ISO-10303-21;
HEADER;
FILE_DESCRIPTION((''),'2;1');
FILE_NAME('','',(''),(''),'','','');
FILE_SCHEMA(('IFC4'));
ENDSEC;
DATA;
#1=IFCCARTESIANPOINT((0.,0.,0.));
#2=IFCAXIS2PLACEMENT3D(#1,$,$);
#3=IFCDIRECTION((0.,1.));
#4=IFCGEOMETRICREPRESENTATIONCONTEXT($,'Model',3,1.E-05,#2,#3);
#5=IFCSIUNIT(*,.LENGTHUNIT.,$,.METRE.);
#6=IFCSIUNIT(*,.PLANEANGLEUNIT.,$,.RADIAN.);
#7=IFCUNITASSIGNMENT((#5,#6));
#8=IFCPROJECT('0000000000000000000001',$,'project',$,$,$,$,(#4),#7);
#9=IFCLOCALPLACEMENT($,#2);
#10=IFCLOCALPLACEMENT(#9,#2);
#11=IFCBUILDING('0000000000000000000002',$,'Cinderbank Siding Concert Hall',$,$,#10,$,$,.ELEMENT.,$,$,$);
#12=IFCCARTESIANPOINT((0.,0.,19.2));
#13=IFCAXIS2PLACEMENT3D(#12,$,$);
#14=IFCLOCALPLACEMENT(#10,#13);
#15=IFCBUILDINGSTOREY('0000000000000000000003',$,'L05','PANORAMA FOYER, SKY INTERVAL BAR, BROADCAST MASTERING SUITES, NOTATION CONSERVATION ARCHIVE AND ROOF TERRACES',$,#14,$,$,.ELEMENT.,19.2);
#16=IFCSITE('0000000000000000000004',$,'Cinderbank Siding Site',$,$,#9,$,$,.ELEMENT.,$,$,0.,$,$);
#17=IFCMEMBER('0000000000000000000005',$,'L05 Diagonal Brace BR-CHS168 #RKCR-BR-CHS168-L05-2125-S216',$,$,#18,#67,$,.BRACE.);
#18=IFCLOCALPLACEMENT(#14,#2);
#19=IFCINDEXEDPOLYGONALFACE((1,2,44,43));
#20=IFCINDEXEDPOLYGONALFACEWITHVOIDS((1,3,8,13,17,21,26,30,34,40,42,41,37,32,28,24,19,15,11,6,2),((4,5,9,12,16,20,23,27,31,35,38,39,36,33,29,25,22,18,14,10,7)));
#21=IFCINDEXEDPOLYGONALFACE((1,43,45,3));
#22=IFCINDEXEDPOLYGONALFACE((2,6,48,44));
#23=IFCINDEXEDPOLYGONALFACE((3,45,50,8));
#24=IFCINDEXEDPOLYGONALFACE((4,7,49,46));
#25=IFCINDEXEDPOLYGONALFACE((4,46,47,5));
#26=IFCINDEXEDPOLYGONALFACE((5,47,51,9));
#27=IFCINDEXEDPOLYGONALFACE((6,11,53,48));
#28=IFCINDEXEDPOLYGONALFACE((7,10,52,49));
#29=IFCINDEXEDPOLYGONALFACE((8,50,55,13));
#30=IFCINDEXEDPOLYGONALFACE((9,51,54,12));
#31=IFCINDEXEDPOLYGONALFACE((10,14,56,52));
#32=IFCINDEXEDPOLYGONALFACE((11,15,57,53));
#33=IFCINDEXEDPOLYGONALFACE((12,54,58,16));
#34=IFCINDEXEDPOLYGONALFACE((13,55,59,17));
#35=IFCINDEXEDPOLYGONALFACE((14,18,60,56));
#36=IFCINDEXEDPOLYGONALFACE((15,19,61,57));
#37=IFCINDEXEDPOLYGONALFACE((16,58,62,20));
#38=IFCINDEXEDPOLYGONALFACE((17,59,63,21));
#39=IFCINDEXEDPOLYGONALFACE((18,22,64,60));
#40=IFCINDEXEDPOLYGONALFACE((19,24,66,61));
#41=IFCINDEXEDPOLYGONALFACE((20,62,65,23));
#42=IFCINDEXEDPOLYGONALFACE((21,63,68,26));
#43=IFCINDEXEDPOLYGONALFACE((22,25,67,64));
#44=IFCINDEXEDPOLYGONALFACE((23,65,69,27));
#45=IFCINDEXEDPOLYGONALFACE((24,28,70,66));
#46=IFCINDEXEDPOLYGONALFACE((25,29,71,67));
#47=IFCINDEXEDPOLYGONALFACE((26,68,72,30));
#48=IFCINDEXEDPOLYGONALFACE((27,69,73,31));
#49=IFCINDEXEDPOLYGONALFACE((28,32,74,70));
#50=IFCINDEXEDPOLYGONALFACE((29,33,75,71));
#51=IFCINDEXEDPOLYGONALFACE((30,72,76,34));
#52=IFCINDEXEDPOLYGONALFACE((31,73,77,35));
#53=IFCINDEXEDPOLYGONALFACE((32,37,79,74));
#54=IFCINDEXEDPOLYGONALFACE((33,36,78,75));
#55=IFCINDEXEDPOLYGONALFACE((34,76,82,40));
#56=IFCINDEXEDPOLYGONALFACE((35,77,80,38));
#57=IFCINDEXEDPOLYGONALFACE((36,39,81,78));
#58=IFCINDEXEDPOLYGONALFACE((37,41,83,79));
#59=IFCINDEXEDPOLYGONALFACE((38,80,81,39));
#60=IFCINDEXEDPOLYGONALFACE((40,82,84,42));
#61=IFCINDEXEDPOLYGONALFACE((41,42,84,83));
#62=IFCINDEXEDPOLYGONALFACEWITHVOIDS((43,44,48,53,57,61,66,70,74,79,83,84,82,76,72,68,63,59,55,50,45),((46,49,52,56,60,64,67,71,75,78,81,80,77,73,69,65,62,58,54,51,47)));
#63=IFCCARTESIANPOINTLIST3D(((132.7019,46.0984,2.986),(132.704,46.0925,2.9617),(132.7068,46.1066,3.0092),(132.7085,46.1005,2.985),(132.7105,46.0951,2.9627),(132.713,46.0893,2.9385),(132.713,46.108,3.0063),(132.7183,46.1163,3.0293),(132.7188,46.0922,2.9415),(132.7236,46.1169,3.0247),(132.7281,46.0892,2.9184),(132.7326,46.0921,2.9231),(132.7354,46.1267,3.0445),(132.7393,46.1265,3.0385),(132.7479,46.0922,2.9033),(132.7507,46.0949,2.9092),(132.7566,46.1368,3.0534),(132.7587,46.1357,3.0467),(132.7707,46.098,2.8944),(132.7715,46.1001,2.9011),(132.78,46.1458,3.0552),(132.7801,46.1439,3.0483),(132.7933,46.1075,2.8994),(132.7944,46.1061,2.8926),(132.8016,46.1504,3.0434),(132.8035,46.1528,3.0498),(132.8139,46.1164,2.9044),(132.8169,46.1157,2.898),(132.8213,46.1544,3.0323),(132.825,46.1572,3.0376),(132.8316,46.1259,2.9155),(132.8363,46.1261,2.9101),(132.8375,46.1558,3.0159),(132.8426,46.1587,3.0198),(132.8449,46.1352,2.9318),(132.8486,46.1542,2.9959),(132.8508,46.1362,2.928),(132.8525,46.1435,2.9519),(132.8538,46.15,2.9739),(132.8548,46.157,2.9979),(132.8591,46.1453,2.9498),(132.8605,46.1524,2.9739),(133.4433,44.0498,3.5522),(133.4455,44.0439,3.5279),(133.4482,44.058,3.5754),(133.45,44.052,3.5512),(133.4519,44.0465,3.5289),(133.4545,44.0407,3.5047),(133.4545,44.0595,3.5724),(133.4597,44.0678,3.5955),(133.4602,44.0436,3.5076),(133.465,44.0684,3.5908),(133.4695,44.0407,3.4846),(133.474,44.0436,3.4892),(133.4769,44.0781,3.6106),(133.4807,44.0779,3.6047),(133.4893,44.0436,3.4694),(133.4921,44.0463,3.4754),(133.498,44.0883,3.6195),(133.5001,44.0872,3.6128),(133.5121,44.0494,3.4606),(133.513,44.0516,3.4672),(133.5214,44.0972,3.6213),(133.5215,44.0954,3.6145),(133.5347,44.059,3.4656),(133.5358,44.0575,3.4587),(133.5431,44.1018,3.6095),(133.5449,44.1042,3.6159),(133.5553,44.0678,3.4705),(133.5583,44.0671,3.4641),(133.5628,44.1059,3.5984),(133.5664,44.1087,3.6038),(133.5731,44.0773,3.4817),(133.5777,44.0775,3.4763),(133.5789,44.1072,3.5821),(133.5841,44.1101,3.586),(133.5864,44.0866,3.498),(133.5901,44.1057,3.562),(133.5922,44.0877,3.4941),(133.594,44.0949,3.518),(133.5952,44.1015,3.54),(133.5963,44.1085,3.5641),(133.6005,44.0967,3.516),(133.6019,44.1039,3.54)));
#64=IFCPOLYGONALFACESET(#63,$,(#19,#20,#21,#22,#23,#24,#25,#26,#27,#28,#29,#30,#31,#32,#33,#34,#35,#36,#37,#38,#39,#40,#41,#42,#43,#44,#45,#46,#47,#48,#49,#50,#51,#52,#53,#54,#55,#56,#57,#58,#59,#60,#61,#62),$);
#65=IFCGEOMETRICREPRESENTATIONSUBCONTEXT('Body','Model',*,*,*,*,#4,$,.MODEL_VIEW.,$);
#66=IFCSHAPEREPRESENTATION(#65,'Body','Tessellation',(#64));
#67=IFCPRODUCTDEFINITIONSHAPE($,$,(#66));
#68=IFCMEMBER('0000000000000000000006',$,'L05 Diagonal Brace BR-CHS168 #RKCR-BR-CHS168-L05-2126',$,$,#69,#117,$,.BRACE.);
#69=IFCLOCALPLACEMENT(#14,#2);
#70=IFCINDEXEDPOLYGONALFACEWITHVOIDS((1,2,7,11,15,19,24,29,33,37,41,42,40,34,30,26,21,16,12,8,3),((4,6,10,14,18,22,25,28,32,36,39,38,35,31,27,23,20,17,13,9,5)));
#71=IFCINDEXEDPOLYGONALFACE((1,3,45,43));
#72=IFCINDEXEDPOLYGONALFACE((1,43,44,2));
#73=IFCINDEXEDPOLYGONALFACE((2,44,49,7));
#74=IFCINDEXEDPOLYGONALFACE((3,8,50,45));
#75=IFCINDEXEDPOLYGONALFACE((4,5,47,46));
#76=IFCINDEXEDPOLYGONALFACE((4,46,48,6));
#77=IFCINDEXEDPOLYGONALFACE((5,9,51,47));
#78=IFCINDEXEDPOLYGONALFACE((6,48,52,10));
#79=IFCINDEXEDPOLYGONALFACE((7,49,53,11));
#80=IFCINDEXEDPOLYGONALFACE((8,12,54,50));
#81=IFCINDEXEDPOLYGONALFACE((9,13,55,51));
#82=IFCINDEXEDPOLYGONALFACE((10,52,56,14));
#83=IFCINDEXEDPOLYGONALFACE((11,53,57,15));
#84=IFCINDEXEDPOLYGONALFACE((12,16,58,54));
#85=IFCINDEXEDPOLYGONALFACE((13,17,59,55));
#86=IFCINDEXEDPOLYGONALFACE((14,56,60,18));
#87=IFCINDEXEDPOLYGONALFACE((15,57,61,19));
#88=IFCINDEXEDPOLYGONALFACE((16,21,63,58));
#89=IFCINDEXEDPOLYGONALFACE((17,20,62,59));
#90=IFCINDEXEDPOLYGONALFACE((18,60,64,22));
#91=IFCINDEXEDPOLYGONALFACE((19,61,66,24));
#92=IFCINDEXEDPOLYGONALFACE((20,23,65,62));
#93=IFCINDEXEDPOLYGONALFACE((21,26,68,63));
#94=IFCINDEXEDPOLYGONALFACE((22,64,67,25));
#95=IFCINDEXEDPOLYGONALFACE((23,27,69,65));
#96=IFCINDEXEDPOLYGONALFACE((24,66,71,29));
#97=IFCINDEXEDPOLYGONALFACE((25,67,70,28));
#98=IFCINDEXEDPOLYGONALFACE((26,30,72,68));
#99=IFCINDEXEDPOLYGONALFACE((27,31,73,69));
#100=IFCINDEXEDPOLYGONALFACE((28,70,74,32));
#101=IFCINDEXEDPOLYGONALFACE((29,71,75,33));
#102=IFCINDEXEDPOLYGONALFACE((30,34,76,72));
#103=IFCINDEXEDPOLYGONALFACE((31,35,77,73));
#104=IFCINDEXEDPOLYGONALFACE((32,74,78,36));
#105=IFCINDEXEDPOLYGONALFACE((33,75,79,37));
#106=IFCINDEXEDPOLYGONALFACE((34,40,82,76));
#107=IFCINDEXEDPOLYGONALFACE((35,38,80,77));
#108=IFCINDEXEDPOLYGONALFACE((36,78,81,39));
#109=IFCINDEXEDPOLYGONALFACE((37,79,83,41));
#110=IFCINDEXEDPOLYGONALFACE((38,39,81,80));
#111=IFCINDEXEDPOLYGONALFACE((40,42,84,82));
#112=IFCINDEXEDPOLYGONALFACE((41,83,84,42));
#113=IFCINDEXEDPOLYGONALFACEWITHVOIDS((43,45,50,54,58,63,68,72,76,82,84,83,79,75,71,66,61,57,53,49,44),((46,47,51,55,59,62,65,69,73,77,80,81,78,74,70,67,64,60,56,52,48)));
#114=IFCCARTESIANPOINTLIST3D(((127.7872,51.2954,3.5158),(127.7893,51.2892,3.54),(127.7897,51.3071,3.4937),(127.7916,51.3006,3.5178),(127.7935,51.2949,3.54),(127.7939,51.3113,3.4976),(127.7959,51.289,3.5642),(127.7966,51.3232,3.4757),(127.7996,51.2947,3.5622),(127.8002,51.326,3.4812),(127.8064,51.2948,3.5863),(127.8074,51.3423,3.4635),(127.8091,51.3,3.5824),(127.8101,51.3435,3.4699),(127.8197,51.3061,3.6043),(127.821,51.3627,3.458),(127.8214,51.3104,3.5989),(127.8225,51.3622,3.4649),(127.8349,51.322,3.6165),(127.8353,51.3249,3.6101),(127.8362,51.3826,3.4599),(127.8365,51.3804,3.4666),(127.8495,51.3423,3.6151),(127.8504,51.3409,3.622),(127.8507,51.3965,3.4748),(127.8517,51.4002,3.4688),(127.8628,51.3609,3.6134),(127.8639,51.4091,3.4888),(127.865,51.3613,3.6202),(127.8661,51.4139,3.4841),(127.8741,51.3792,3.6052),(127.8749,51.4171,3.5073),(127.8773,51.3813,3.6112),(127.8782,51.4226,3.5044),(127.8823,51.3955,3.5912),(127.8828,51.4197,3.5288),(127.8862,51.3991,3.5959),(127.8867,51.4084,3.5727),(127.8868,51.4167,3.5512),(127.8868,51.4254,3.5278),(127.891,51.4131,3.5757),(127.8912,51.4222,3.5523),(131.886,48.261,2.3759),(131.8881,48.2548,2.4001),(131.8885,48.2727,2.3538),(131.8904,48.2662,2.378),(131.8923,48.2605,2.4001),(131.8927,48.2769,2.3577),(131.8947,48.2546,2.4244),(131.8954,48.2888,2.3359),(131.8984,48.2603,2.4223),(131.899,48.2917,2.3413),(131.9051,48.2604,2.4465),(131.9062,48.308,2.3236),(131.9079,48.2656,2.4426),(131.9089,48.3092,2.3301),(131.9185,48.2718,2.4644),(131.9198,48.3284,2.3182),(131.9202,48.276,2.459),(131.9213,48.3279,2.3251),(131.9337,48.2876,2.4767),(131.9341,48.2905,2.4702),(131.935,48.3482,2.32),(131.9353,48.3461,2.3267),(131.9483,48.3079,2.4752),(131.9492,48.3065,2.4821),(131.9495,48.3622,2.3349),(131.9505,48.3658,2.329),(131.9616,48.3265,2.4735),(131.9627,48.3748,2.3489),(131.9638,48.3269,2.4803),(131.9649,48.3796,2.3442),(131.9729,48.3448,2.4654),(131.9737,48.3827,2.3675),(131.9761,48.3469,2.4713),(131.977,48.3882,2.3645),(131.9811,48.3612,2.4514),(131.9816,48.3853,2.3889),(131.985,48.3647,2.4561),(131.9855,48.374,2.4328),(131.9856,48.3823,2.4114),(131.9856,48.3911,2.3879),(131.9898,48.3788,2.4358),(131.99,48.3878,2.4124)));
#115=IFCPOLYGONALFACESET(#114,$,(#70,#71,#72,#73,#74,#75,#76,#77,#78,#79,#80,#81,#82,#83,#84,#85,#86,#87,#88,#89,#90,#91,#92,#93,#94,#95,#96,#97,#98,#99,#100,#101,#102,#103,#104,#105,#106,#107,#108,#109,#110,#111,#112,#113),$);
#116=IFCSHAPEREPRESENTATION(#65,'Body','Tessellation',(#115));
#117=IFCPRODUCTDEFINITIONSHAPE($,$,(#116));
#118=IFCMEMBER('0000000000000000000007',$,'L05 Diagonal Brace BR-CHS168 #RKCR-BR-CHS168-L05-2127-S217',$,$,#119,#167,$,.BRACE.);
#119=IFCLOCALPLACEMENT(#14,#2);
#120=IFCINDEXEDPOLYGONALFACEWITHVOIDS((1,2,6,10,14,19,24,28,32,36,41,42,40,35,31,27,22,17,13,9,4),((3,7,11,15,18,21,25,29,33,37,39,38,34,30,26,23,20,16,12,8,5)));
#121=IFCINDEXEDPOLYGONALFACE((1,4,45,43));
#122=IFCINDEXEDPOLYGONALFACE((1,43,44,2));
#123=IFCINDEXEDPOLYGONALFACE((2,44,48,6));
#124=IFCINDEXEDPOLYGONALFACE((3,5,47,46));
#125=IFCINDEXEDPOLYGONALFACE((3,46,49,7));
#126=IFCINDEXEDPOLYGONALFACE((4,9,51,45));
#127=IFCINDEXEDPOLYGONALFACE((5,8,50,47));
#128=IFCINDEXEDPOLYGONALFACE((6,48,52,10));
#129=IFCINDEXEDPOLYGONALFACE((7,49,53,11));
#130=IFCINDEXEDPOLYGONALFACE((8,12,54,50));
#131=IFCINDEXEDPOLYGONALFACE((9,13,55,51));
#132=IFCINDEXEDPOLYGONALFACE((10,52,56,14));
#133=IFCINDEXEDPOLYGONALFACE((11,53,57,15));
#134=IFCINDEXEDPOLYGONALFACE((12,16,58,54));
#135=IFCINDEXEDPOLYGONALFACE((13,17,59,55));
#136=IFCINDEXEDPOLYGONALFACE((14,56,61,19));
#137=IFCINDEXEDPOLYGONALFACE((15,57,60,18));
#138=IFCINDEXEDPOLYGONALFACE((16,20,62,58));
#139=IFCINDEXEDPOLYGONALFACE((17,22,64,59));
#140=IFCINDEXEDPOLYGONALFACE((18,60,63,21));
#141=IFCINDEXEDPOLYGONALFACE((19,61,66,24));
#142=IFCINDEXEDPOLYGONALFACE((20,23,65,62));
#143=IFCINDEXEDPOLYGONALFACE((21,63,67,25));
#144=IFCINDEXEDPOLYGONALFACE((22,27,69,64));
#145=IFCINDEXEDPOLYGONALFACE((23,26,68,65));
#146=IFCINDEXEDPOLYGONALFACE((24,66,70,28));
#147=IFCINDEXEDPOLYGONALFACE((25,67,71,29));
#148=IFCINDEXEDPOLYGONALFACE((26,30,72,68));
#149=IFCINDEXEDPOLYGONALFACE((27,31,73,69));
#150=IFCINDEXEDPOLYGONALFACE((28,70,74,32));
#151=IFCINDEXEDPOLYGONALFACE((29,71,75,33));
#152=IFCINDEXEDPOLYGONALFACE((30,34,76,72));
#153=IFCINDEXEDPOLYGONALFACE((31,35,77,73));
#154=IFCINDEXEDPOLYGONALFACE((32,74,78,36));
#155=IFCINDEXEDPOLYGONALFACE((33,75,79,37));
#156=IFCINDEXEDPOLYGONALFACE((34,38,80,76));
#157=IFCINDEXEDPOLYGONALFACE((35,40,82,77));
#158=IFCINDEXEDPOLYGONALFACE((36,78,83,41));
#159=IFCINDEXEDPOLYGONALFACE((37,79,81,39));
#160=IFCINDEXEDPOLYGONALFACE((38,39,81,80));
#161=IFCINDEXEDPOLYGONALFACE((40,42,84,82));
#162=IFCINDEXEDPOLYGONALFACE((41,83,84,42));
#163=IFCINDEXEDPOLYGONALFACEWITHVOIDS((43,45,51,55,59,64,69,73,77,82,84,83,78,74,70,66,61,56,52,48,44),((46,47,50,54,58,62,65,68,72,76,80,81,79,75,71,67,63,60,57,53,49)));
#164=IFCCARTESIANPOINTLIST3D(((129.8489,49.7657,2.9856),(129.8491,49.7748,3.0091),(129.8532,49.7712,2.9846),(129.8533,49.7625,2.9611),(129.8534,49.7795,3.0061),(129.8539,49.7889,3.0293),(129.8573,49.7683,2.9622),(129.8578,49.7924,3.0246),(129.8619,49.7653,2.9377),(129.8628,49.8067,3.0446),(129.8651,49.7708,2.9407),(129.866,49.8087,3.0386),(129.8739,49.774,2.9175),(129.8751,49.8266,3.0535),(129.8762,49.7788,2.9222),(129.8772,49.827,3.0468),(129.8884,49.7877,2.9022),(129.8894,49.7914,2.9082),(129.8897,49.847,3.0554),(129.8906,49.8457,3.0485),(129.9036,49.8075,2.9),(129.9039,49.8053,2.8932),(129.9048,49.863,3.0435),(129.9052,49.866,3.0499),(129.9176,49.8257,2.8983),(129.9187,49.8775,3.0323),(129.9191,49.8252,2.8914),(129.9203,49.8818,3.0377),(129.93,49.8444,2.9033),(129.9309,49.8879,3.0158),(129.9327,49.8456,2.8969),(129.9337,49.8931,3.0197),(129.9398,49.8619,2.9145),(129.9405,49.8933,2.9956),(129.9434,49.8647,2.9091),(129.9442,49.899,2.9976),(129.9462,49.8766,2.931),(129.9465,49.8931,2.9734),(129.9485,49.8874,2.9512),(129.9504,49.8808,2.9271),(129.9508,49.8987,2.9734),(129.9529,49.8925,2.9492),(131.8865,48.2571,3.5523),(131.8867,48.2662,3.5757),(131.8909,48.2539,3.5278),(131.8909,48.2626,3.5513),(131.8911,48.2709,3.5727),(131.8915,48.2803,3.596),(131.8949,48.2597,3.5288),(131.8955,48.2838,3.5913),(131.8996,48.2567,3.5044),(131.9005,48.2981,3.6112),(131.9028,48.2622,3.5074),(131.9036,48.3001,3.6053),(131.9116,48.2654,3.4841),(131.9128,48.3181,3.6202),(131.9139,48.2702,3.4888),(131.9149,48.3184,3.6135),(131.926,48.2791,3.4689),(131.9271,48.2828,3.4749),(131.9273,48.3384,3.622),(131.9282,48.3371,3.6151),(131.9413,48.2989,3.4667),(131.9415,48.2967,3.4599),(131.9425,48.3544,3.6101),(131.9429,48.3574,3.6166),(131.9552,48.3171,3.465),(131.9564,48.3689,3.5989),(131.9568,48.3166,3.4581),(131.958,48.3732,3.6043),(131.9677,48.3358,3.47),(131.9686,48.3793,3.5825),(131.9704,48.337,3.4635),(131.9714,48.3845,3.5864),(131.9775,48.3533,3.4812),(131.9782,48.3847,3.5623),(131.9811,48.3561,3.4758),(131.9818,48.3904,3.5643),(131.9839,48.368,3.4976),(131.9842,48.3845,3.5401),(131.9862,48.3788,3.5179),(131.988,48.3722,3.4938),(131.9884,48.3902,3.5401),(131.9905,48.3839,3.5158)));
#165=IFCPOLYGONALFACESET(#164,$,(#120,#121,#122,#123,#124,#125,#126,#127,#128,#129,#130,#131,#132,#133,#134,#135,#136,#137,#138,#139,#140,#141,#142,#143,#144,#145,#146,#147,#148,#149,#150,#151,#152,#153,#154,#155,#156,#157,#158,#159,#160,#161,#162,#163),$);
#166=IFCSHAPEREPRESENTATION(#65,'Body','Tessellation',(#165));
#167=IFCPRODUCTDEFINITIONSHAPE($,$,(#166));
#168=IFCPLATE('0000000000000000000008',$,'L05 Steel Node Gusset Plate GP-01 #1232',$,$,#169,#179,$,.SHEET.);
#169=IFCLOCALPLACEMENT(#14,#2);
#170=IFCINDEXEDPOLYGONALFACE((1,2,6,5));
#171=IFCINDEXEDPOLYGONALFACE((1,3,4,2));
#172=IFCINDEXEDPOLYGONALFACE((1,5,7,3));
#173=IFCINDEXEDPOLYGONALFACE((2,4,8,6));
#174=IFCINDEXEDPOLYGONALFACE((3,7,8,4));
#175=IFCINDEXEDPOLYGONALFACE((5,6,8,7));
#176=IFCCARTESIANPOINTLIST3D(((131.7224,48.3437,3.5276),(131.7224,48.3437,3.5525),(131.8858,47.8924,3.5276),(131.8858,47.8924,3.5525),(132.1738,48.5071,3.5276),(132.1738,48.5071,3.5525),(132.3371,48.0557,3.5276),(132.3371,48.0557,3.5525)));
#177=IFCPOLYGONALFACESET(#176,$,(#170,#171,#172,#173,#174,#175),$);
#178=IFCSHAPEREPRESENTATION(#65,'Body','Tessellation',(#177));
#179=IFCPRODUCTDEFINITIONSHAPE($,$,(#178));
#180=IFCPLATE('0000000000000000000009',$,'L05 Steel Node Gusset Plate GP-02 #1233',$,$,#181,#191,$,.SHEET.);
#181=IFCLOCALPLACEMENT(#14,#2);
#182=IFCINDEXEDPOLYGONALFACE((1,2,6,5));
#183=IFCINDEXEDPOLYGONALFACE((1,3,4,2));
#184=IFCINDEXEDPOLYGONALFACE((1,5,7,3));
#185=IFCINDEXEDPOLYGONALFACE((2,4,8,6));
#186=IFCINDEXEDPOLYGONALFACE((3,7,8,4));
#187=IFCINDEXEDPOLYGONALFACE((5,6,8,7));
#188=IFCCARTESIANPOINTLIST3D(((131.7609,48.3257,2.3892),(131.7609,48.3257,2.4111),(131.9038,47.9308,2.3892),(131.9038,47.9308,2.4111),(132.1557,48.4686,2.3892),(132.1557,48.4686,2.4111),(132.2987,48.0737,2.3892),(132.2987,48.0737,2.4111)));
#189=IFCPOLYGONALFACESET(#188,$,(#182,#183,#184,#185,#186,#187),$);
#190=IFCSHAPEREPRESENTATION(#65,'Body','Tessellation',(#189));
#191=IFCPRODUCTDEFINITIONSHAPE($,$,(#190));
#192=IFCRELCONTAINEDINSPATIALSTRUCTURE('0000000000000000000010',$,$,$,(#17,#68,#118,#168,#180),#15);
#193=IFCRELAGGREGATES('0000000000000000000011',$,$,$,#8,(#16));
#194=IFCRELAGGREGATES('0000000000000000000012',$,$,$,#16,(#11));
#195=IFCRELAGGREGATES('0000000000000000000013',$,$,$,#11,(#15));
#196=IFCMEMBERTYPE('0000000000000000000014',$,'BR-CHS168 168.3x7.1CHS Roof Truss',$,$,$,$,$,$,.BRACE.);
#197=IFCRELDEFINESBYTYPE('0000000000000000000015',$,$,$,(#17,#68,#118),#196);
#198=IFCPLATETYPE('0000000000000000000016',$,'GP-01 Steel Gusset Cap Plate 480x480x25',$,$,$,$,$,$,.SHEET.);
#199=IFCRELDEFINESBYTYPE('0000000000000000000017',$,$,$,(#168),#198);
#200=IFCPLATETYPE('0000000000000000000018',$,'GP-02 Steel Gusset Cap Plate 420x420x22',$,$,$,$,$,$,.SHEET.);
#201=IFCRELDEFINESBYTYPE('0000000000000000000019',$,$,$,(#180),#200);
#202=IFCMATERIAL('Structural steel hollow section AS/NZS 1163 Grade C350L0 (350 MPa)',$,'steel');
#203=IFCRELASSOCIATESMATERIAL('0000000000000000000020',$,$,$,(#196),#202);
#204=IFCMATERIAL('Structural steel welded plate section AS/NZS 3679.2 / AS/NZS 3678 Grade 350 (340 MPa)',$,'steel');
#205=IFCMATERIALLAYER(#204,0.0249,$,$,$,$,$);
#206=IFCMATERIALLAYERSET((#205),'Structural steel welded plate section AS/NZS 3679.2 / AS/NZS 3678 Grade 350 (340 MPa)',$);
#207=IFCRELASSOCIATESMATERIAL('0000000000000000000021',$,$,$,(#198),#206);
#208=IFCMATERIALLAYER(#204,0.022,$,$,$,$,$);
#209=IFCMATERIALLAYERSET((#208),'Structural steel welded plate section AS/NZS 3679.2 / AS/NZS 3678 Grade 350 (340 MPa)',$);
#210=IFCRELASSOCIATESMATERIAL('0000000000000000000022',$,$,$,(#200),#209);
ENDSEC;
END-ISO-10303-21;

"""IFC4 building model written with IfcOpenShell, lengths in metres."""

from ifc_helpers import new_model, si_unit, direction, frame, origin, origin_2d, place, context, subcontext, project, spatial, rectangle, hollow_circle, extrude, material, layer, layer_set, material_profile, profile_set, type_object, element, save


model = new_model("IFC4")

# Units and contexts
model_context = context("Model", 3, precision=1e-05, world=origin(), true_north=direction((0.0, 1.0)))
body_context = subcontext(model_context, "Body", "Model", "MODEL_VIEW")
ifc_project = project(units=[si_unit("LENGTHUNIT", "METRE"), si_unit("PLANEANGLEUNIT", "RADIAN")], contexts=[model_context])

# Site, building, storey
site_placement = place(None, origin())
site = spatial("IfcSite", under=ifc_project, at=site_placement, Name="Cinderbank Siding Site", CompositionType="ELEMENT", RefElevation=0.0)
building_placement = place(site_placement, origin())
building = spatial("IfcBuilding", under=site, at=building_placement, Name="Cinderbank Siding Concert Hall", CompositionType="ELEMENT")
storey_placement = place(building_placement, frame((0.0, 0.0, 19.2)))
storey = spatial("IfcBuildingStorey", under=building, at=storey_placement, Name="L05", Description="PANORAMA FOYER, SKY INTERVAL BAR, BROADCAST MASTERING SUITES, NOTATION CONSERVATION ARCHIVE AND ROOF TERRACES", CompositionType="ELEMENT", Elevation=19.2)

# Shared definitions
ifc_material_1 = material(Name="Structural steel hollow section AS/NZS 1163 Grade C350L0 (350 MPa)", Category="steel")

# Members
ifc_material_profile_1 = material_profile(ifc_material_1, hollow_circle(Radius=0.0842, WallThickness=0.0071, at=origin_2d()), Name="168.3x7.1CHS", Category="LoadBearing")
ifc_profile_set_1 = profile_set([ifc_material_profile_1], Name="Structural steel hollow section AS/NZS 1163 Grade C350L0 (350 MPa)")
member_type = type_object("IfcMemberType", Name="BR-CHS168 168.3x7.1CHS Roof Truss", PredefinedType="BRACE", material=ifc_profile_set_1)
for number, where, z_axis, x_axis, name in (
    (1, (132.7812, 46.1238, 2.9739), (0.32939, -0.910078, 0.251516), (0.940306, 0.34033, 0.0), "L05 Diagonal Brace BR-CHS168 #RKCR-BR-CHS168-L05-2125-S216"),
):
    element("IfcMember", number, at=place(storey_placement, frame(where, z_axis=z_axis, x_axis=x_axis)), inside=storey, type_object=member_type, Name=name, PredefinedType="BRACE", context=body_context, shape_type="SweptSolid", body=[
        extrude(hollow_circle(Radius=0.0842, WallThickness=0.0071, at=origin_2d()), origin(), (0.0, 0.0, 1.0), 2.251),
    ])
member_1_placement = place(storey_placement, frame((131.9382, 48.3225, 2.4001), z_axis=(-0.78437, 0.580674, 0.218132), x_axis=(-0.595002, -0.803724, 0.0)))
element("IfcMember", 2, at=member_1_placement, inside=storey, type_object=member_type, Name="L05 Diagonal Brace BR-CHS168 #RKCR-BR-CHS168-L05-2126", PredefinedType="BRACE", context=body_context, shape_type="SweptSolid", body=[
    extrude(hollow_circle(Radius=0.0842, WallThickness=0.0071, at=origin_2d()), origin(), (0.0, 0.0, 1.0), 5.2256),
])
member_2_placement = place(storey_placement, frame((129.9006, 49.8311, 2.9734), z_axis=(0.784353, -0.580699, 0.218126), x_axis=(0.595027, 0.803706, 0.0)))
element("IfcMember", 3, at=member_2_placement, inside=storey, type_object=member_type, Name="L05 Diagonal Brace BR-CHS168 #RKCR-BR-CHS168-L05-2127-S217", PredefinedType="BRACE", context=body_context, shape_type="SweptSolid", body=[
    extrude(hollow_circle(Radius=0.0842, WallThickness=0.0071, at=origin_2d()), origin(), (0.0, 0.0, 1.0), 2.5979),
])

# Plates
ifc_material_2 = material(Name="Structural steel welded plate section AS/NZS 3679.2 / AS/NZS 3678 Grade 350 (340 MPa)", Category="steel")
ifc_layer_1 = layer(ifc_material_2, 0.0249)
ifc_layer_set_1 = layer_set([ifc_layer_1], Name="Structural steel welded plate section AS/NZS 3679.2 / AS/NZS 3678 Grade 350 (340 MPa)")
plate_type_1 = type_object("IfcPlateType", Name="GP-01 Steel Gusset Cap Plate 480x480x25", PredefinedType="SHEET", material=ifc_layer_set_1)
plate_1_placement = place(storey_placement, frame((132.0298, 48.1997, 3.5276), z_axis=(0.0, 0.0, 1.0), x_axis=(-0.34038, 0.940288, 0.0)))
element("IfcPlate", 4, at=plate_1_placement, inside=storey, type_object=plate_type_1, Name="L05 Steel Node Gusset Plate GP-01 #1232", PredefinedType="SHEET", context=body_context, shape_type="SweptSolid", body=[
    extrude(rectangle(XDim=0.48, YDim=0.48, at=origin_2d()), origin(), (0.0, 0.0, 1.0), 0.0249),
])
ifc_layer_2 = layer(ifc_material_2, 0.022)
ifc_layer_set_2 = layer_set([ifc_layer_2], Name="Structural steel welded plate section AS/NZS 3679.2 / AS/NZS 3678 Grade 350 (340 MPa)")
plate_type_2 = type_object("IfcPlateType", Name="GP-02 Steel Gusset Cap Plate 420x420x22", PredefinedType="SHEET", material=ifc_layer_set_2)
plate_2_placement = place(storey_placement, frame((132.0298, 48.1997, 2.3892), z_axis=(0.0, 0.0, 1.0), x_axis=(0.34038, -0.940288, 0.0)))
element("IfcPlate", 5, at=plate_2_placement, inside=storey, type_object=plate_type_2, Name="L05 Steel Node Gusset Plate GP-02 #1233", PredefinedType="SHEET", context=body_context, shape_type="SweptSolid", body=[
    extrude(rectangle(XDim=0.4199, YDim=0.4199, at=origin_2d()), origin(), (0.0, 0.0, 1.0), 0.022),
])

save(model, "model.ifc")
